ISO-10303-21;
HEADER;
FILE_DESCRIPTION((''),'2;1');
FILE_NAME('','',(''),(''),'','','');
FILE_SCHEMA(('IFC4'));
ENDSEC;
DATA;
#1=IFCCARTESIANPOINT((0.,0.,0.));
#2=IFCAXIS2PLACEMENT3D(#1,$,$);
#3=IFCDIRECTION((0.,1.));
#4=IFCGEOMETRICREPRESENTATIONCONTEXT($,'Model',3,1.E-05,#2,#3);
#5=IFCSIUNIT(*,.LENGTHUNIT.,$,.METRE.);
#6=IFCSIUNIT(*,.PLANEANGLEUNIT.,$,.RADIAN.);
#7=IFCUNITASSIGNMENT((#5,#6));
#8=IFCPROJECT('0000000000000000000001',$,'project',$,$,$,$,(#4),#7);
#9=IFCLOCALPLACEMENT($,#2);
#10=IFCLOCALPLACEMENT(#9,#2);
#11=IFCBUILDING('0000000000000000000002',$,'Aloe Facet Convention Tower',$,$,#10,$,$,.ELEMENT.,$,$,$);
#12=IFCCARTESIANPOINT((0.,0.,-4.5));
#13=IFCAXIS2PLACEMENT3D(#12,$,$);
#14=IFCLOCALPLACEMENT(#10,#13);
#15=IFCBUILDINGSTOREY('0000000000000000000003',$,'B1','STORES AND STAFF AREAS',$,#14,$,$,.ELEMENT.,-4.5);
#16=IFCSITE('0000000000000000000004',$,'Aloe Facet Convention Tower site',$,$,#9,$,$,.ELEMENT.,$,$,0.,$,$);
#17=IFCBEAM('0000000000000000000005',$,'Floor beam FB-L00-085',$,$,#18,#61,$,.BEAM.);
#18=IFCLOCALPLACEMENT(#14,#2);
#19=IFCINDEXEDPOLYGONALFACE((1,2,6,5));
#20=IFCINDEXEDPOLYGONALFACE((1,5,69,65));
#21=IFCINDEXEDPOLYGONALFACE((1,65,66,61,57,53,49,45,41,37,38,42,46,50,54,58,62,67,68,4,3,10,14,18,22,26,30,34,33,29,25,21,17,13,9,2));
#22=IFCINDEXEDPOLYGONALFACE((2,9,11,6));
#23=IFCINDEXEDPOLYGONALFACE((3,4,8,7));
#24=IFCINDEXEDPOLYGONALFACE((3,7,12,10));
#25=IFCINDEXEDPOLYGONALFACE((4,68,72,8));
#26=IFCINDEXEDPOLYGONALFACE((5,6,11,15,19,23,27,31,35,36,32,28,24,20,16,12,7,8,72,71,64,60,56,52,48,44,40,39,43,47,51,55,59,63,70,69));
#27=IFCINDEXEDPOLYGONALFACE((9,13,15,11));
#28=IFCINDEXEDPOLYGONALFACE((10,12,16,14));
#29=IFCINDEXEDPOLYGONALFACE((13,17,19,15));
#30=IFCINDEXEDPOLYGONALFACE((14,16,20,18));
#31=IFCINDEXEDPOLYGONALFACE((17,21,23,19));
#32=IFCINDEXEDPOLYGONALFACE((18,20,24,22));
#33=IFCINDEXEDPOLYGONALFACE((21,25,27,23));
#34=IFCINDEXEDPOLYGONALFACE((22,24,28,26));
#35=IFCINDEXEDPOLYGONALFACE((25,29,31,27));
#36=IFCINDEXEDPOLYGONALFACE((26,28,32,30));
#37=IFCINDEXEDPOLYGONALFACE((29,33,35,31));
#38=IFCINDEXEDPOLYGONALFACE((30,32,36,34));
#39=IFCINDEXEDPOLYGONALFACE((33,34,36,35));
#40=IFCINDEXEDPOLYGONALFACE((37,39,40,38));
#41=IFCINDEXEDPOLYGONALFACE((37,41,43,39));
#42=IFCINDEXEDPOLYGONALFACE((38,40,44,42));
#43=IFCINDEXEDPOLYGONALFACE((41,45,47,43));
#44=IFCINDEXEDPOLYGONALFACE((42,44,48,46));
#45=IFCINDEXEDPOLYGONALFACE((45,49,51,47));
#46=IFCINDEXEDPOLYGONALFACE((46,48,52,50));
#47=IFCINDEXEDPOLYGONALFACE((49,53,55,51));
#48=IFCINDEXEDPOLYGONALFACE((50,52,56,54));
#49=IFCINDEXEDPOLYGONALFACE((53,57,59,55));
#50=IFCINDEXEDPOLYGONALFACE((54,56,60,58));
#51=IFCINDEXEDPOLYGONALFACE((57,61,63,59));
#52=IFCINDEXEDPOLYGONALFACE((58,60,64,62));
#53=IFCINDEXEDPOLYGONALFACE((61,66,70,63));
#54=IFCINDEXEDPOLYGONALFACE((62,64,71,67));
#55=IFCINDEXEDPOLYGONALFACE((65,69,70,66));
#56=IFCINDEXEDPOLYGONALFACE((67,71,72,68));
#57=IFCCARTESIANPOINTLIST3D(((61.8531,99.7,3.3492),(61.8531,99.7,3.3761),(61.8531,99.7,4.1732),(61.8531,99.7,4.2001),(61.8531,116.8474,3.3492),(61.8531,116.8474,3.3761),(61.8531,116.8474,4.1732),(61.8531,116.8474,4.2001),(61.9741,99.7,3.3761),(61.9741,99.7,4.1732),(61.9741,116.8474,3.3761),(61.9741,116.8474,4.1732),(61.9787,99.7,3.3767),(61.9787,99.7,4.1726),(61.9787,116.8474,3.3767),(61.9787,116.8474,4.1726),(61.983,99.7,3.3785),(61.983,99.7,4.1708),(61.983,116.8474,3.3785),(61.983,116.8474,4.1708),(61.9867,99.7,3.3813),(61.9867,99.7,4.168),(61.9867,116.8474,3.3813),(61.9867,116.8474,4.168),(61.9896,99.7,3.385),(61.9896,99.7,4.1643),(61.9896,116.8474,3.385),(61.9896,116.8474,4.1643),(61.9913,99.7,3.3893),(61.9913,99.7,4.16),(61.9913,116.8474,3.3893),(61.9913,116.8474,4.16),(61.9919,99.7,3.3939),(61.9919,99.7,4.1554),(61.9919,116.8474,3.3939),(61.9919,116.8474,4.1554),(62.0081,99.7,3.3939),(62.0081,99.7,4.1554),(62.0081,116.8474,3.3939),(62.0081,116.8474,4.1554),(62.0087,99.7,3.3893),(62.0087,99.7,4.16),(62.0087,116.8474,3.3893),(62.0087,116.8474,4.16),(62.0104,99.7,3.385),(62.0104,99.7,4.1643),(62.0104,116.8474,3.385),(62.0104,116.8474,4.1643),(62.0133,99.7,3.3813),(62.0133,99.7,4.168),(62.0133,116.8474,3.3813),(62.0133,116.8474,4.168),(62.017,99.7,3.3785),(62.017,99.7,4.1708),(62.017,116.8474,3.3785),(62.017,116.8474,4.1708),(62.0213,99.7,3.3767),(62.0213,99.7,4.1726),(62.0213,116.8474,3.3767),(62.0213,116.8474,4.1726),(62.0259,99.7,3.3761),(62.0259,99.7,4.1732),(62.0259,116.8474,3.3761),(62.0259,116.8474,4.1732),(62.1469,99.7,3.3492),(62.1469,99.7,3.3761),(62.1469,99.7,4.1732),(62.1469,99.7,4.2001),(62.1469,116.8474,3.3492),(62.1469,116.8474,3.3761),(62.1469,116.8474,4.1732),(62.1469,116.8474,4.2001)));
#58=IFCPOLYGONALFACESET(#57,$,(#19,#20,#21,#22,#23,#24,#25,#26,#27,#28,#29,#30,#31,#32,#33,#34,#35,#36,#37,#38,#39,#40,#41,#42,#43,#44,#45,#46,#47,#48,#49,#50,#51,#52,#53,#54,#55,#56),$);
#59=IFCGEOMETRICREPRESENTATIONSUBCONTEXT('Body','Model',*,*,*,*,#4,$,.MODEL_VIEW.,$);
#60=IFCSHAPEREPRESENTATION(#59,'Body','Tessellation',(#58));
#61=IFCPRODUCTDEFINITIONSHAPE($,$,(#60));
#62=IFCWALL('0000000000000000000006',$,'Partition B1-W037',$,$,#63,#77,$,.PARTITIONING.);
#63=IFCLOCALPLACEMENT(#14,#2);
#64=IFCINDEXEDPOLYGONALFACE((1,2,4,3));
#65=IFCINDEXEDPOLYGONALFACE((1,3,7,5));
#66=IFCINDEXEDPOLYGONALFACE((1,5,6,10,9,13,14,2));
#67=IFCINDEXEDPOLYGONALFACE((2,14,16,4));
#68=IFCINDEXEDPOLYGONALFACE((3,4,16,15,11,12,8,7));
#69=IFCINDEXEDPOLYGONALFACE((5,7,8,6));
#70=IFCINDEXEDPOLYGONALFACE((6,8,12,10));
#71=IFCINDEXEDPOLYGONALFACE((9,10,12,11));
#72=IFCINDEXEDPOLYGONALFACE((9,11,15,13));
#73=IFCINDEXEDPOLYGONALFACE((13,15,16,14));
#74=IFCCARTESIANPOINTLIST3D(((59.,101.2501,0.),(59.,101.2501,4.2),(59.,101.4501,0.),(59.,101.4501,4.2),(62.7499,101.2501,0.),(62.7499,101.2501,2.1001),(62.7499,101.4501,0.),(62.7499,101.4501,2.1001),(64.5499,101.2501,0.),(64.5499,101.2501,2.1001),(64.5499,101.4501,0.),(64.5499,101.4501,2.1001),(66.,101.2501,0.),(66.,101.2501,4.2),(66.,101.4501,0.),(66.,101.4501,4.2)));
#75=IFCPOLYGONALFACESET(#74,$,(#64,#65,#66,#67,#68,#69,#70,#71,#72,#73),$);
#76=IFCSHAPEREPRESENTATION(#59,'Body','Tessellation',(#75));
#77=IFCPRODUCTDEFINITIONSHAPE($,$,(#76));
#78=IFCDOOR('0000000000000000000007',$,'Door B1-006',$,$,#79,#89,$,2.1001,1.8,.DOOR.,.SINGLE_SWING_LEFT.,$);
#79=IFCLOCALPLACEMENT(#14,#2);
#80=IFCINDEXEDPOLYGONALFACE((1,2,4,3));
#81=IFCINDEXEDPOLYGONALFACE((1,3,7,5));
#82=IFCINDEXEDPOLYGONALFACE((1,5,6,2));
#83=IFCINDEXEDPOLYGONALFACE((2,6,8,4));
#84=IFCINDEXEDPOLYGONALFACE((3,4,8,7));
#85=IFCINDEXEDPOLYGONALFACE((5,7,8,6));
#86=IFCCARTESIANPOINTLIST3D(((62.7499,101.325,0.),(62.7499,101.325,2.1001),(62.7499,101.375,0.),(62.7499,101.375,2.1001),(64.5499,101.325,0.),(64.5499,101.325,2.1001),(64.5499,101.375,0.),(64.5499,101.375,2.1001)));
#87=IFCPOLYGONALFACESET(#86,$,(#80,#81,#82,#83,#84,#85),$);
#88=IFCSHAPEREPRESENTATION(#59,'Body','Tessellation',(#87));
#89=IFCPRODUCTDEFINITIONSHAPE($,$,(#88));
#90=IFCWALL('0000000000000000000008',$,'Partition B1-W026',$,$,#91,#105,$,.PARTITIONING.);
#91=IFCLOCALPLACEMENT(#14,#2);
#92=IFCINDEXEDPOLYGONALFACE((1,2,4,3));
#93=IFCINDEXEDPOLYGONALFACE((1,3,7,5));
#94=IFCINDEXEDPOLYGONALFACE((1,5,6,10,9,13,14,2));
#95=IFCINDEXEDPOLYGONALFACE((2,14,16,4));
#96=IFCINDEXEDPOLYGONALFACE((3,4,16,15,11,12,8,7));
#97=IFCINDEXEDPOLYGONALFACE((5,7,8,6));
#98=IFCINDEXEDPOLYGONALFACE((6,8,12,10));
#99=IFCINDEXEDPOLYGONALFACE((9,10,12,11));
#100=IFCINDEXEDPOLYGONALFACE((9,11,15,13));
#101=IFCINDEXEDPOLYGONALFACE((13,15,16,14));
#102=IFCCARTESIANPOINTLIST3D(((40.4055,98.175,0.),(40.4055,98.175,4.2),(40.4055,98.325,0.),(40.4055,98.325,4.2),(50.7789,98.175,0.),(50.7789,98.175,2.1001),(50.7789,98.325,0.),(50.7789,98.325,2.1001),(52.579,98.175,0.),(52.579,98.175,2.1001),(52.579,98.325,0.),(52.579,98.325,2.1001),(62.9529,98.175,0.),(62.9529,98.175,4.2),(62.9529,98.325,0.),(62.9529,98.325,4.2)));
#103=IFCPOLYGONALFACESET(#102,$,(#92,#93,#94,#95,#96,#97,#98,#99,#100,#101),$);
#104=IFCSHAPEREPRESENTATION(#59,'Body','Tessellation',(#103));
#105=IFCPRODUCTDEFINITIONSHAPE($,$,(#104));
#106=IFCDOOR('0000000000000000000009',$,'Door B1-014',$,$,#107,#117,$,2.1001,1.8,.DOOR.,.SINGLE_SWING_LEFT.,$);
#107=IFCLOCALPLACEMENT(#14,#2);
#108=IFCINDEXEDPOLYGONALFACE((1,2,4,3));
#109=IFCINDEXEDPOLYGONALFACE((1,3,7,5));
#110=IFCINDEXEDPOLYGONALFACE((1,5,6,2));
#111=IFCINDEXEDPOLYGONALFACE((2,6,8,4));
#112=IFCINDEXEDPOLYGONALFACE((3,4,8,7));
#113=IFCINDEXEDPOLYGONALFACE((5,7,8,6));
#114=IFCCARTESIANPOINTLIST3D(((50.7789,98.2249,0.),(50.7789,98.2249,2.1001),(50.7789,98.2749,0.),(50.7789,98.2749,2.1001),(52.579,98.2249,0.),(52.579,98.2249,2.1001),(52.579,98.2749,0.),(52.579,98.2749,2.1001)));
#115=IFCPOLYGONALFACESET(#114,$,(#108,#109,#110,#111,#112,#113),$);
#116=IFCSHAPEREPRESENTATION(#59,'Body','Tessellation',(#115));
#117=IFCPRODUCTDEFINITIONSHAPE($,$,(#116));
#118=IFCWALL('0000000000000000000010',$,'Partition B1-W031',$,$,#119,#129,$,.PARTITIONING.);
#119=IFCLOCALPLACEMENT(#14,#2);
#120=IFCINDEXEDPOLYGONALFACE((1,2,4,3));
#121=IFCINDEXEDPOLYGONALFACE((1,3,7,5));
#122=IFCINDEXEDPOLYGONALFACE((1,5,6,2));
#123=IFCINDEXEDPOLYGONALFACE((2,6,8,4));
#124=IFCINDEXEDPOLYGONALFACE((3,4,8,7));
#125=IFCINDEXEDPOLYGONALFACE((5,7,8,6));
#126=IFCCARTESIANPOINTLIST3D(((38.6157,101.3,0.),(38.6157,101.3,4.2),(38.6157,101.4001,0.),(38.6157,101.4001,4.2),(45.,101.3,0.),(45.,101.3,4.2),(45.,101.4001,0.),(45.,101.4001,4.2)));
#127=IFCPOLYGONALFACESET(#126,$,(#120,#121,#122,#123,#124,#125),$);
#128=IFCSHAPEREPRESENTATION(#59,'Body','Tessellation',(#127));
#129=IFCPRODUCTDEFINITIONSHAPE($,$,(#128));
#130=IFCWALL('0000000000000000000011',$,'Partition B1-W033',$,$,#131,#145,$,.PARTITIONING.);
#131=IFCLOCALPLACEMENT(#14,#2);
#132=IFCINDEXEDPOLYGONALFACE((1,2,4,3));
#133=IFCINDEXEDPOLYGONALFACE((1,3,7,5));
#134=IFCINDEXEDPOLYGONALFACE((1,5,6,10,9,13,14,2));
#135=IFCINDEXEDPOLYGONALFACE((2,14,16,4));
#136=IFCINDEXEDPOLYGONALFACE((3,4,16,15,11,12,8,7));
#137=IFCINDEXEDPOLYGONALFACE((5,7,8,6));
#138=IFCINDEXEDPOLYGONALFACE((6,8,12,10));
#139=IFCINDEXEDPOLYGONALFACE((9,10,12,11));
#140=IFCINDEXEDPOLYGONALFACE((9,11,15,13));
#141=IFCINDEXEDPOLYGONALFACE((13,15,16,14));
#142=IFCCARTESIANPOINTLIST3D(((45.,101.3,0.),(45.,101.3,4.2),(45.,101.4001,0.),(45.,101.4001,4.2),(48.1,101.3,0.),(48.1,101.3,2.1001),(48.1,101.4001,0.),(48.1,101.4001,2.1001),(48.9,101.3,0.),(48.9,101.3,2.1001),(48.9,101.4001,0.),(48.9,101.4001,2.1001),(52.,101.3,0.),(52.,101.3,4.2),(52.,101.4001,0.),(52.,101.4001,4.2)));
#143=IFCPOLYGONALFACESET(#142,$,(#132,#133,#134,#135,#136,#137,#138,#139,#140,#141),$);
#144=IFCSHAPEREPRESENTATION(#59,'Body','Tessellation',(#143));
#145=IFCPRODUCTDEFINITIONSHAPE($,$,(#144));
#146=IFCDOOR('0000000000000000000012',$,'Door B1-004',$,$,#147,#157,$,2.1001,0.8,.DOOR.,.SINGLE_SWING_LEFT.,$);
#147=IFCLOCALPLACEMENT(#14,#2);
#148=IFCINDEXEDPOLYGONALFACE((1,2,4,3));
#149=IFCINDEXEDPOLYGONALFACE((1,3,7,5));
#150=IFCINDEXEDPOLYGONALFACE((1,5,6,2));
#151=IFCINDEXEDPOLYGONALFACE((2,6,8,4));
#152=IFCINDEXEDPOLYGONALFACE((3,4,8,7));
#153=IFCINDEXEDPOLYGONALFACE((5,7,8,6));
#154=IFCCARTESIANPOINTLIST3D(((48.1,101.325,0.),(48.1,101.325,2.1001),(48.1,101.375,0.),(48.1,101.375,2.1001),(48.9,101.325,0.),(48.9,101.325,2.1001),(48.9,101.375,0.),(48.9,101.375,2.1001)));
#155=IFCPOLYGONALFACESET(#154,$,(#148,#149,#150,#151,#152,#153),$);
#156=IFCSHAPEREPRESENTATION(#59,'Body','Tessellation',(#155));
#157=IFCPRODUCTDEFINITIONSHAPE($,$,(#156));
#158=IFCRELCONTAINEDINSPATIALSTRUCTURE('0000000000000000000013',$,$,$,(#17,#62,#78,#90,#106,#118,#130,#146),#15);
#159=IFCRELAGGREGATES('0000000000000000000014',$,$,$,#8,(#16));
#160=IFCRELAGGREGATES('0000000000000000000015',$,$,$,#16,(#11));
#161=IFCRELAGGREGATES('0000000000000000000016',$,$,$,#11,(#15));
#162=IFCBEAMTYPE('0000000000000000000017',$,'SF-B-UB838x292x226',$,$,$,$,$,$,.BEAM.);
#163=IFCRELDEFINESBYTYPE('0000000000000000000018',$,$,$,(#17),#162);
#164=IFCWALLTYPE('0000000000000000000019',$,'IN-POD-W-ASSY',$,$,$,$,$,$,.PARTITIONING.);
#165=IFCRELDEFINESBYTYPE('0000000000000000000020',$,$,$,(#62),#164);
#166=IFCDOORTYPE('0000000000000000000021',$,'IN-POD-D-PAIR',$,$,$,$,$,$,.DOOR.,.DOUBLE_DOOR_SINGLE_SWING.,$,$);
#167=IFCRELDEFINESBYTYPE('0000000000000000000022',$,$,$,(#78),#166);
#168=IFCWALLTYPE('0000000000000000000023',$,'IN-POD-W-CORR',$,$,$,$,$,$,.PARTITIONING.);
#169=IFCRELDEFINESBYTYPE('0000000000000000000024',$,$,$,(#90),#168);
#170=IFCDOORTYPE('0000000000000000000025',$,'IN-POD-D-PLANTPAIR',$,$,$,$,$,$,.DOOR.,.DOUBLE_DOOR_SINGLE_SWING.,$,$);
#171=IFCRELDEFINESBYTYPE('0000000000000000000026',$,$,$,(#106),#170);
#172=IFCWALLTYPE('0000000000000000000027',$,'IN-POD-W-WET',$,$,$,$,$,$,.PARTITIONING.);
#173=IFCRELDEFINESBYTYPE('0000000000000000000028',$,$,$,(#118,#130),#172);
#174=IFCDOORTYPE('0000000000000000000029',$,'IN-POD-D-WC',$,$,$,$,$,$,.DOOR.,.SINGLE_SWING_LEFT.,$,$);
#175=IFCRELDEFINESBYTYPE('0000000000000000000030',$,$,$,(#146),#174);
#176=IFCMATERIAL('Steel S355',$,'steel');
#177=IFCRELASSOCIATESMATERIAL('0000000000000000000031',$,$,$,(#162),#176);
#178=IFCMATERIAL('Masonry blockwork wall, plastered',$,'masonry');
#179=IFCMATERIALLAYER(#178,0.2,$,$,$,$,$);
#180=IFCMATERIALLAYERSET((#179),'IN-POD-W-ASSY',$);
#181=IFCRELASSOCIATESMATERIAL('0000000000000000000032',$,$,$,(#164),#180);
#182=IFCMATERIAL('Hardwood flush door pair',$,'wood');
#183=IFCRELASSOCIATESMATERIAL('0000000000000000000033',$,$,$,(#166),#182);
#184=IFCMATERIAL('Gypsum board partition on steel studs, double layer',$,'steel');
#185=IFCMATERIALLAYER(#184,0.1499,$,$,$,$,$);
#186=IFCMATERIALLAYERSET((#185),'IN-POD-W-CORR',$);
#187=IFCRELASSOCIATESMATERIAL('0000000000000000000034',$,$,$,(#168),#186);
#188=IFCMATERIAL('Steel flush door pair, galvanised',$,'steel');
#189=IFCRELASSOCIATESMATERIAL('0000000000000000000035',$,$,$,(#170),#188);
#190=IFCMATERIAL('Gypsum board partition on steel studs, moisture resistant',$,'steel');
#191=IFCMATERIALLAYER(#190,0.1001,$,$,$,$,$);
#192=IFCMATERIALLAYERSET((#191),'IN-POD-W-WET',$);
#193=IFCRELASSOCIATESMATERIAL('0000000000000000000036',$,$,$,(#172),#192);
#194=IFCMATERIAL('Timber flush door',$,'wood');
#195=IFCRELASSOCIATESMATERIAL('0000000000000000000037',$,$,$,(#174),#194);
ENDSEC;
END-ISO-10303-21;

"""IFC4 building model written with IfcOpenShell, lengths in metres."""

from ifc_helpers import new_model, si_unit, direction, frame, frame_2d, origin, origin_2d, place, context, subcontext, project, spatial, rectangle, i_section, extrude, material, layer, layer_set, material_profile, profile_set, type_object, element, fill, save


model = new_model("IFC4")

# Units and contexts
model_context = context("Model", 3, precision=1e-05, world=origin(), true_north=direction((0.0, 1.0)))
body_context = subcontext(model_context, "Body", "Model", "MODEL_VIEW")
ifc_project = project(units=[si_unit("LENGTHUNIT", "METRE"), si_unit("PLANEANGLEUNIT", "RADIAN")], contexts=[model_context])

# Site, building, storey
site_placement = place(None, origin())
site = spatial("IfcSite", under=ifc_project, at=site_placement, Name="Aloe Facet Convention Tower site", CompositionType="ELEMENT", RefElevation=0.0)
building_placement = place(site_placement, origin())
building = spatial("IfcBuilding", under=site, at=building_placement, Name="Aloe Facet Convention Tower", CompositionType="ELEMENT")
storey_placement = place(building_placement, frame((0.0, 0.0, -4.5)))
storey = spatial("IfcBuildingStorey", under=building, at=storey_placement, Name="B1", Description="STORES AND STAFF AREAS", CompositionType="ELEMENT", Elevation=-4.5)

# Beam
ifc_material_1 = material(Name="Steel S355", Category="steel")
ifc_material_profile_1 = material_profile(ifc_material_1, i_section(OverallWidth=0.2937, OverallDepth=0.8508, WebThickness=0.0161, FlangeThickness=0.0269, FilletRadius=0.0178, at=origin_2d()), Name="UB 838x292x226")
ifc_profile_set_1 = profile_set([ifc_material_profile_1], Name="Steel S355")
beam_type_1 = type_object("IfcBeamType", Name="SF-B-UB838x292x226", PredefinedType="BEAM", material=ifc_profile_set_1)
beam_1_placement = place(storey_placement, frame((62.0, 99.7, 3.7747), z_axis=(0.0, 1.0, 0.0), x_axis=(-1.0, 0.0, 0.0)))
element("IfcBeam", 1, at=beam_1_placement, inside=storey, type_object=beam_type_1, Name="Floor beam FB-L00-085", PredefinedType="BEAM", context=body_context, shape_type="SweptSolid", body=[
    extrude(i_section(OverallWidth=0.2937, OverallDepth=0.8508, WebThickness=0.0161, FlangeThickness=0.0269, FilletRadius=0.0178, at=origin_2d()), origin(), (0.0, 0.0, 1.0), 17.1475),
])

# Walls, openings, doors
ifc_material_2 = material(Name="Masonry blockwork wall, plastered", Category="masonry")
ifc_layer_1 = layer(ifc_material_2, 0.2)
ifc_layer_set_1 = layer_set([ifc_layer_1], Name="IN-POD-W-ASSY")
wall_type_1 = type_object("IfcWallType", Name="IN-POD-W-ASSY", PredefinedType="PARTITIONING", material=ifc_layer_set_1)
wall_1_placement = place(storey_placement, frame((59.0, 101.3501, 0.0), z_axis=(0.0, 0.0, 1.0), x_axis=(1.0, 0.0, 0.0)))
wall_1 = element("IfcWall", 2, at=wall_1_placement, inside=storey, type_object=wall_type_1, Name="Partition B1-W037", PredefinedType="PARTITIONING", context=body_context, shape_type="SweptSolid", body=[
    extrude(rectangle(XDim=7.0, YDim=0.2, at=frame_2d((3.5, 0.0))), origin(), (0.0, 0.0, 1.0), 4.2),
])
opening_1_placement = place(wall_1_placement, frame((3.75, 0.0, 0.0)))
opening_1 = element("IfcOpeningElement", 3, at=opening_1_placement, cuts=wall_1, PredefinedType="OPENING", context=body_context, shape_type="SweptSolid", body=[
    extrude(rectangle(XDim=1.8, YDim=2.1001, at=frame_2d((0.8999, 1.05))), frame((0.0, 0.1099, 0.0), z_axis=(0.0, -1.0, 0.0), x_axis=(1.0, 0.0, 0.0)), (0.0, 0.0, 1.0), 0.22),
])
ifc_material_3 = material(Name="Hardwood flush door pair", Category="wood")
door_type_1 = type_object("IfcDoorType", Name="IN-POD-D-PAIR", OperationType="DOUBLE_DOOR_SINGLE_SWING", PredefinedType="DOOR", material=ifc_material_3)
door_1_placement = place(opening_1_placement, origin())
door_1 = element("IfcDoor", 4, at=door_1_placement, inside=storey, type_object=door_type_1, Name="Door B1-006", OperationType="SINGLE_SWING_LEFT", OverallHeight=2.1001, OverallWidth=1.8, PredefinedType="DOOR", context=body_context, shape_type="SweptSolid", body=[
    extrude(rectangle(XDim=1.8, YDim=2.1001, at=frame_2d((0.8999, 1.05))), frame((0.0, 0.0249, 0.0), z_axis=(0.0, -1.0, 0.0), x_axis=(1.0, 0.0, 0.0)), (0.0, 0.0, 1.0), 0.05),
])
fill(opening_1, door_1)
ifc_material_4 = material(Name="Gypsum board partition on steel studs, double layer", Category="steel")
ifc_layer_2 = layer(ifc_material_4, 0.1499)
ifc_layer_set_2 = layer_set([ifc_layer_2], Name="IN-POD-W-CORR")
wall_type_2 = type_object("IfcWallType", Name="IN-POD-W-CORR", PredefinedType="PARTITIONING", material=ifc_layer_set_2)
wall_2_placement = place(storey_placement, frame((40.4055, 98.25, 0.0), z_axis=(0.0, 0.0, 1.0), x_axis=(1.0, 0.0, 0.0)))
wall_2 = element("IfcWall", 5, at=wall_2_placement, inside=storey, type_object=wall_type_2, Name="Partition B1-W026", PredefinedType="PARTITIONING", context=body_context, shape_type="SweptSolid", body=[
    extrude(rectangle(XDim=22.5474, YDim=0.1499, at=frame_2d((11.2737, 0.0))), origin(), (0.0, 0.0, 1.0), 4.2),
])
opening_2_placement = place(wall_2_placement, frame((10.3735, 0.0, 0.0)))
opening_2 = element("IfcOpeningElement", 6, at=opening_2_placement, cuts=wall_2, PredefinedType="OPENING", context=body_context, shape_type="SweptSolid", body=[
    extrude(rectangle(XDim=1.8, YDim=2.1001, at=frame_2d((0.8999, 1.05))), frame((0.0, 0.085, 0.0), z_axis=(0.0, -1.0, 0.0), x_axis=(1.0, 0.0, 0.0)), (0.0, 0.0, 1.0), 0.1699),
])
ifc_material_5 = material(Name="Steel flush door pair, galvanised", Category="steel")
door_type_2 = type_object("IfcDoorType", Name="IN-POD-D-PLANTPAIR", OperationType="DOUBLE_DOOR_SINGLE_SWING", PredefinedType="DOOR", material=ifc_material_5)
door_2_placement = place(opening_2_placement, origin())
door_2 = element("IfcDoor", 7, at=door_2_placement, inside=storey, type_object=door_type_2, Name="Door B1-014", OperationType="SINGLE_SWING_LEFT", OverallHeight=2.1001, OverallWidth=1.8, PredefinedType="DOOR", context=body_context, shape_type="SweptSolid", body=[
    extrude(rectangle(XDim=1.8, YDim=2.1001, at=frame_2d((0.8999, 1.05))), frame((0.0, 0.0249, 0.0), z_axis=(0.0, -1.0, 0.0), x_axis=(1.0, 0.0, 0.0)), (0.0, 0.0, 1.0), 0.05),
])
fill(opening_2, door_2)

# Wall
ifc_material_6 = material(Name="Gypsum board partition on steel studs, moisture resistant", Category="steel")
ifc_layer_3 = layer(ifc_material_6, 0.1001)
ifc_layer_set_3 = layer_set([ifc_layer_3], Name="IN-POD-W-WET")
wall_type_3 = type_object("IfcWallType", Name="IN-POD-W-WET", PredefinedType="PARTITIONING", material=ifc_layer_set_3)
wall_3_placement = place(storey_placement, frame((38.6157, 101.3501, 0.0), z_axis=(0.0, 0.0, 1.0), x_axis=(1.0, 0.0, 0.0)))
element("IfcWall", 8, at=wall_3_placement, inside=storey, type_object=wall_type_3, Name="Partition B1-W031", PredefinedType="PARTITIONING", context=body_context, shape_type="SweptSolid", body=[
    extrude(rectangle(XDim=6.3843, YDim=0.1001, at=frame_2d((3.1921, 0.0))), origin(), (0.0, 0.0, 1.0), 4.2),
])

# Wall, opening, door
wall_4_placement = place(storey_placement, frame((45.0, 101.3501, 0.0), z_axis=(0.0, 0.0, 1.0), x_axis=(1.0, 0.0, 0.0)))
wall_4 = element("IfcWall", 9, at=wall_4_placement, inside=storey, type_object=wall_type_3, Name="Partition B1-W033", PredefinedType="PARTITIONING", context=body_context, shape_type="SweptSolid", body=[
    extrude(rectangle(XDim=7.0, YDim=0.1001, at=frame_2d((3.5, 0.0))), origin(), (0.0, 0.0, 1.0), 4.2),
])
opening_3_placement = place(wall_4_placement, frame((3.1001, 0.0, 0.0)))
opening_3 = element("IfcOpeningElement", 10, at=opening_3_placement, cuts=wall_4, PredefinedType="OPENING", context=body_context, shape_type="SweptSolid", body=[
    extrude(rectangle(XDim=0.8, YDim=2.1001, at=frame_2d((0.3999, 1.05))), frame((0.0, 0.0601, 0.0), z_axis=(0.0, -1.0, 0.0), x_axis=(1.0, 0.0, 0.0)), (0.0, 0.0, 1.0), 0.1201),
])
ifc_material_7 = material(Name="Timber flush door", Category="wood")
door_type_3 = type_object("IfcDoorType", Name="IN-POD-D-WC", OperationType="SINGLE_SWING_LEFT", PredefinedType="DOOR", material=ifc_material_7)
door_3_placement = place(opening_3_placement, origin())
door_3 = element("IfcDoor", 11, at=door_3_placement, inside=storey, type_object=door_type_3, Name="Door B1-004", OperationType="SINGLE_SWING_LEFT", OverallHeight=2.1001, OverallWidth=0.8, PredefinedType="DOOR", context=body_context, shape_type="SweptSolid", body=[
    extrude(rectangle(XDim=0.8, YDim=2.1001, at=frame_2d((0.3999, 1.05))), frame((0.0, 0.0249, 0.0), z_axis=(0.0, -1.0, 0.0), x_axis=(1.0, 0.0, 0.0)), (0.0, 0.0, 1.0), 0.05),
])
fill(opening_3, door_3)

save(model, "model.ifc")
